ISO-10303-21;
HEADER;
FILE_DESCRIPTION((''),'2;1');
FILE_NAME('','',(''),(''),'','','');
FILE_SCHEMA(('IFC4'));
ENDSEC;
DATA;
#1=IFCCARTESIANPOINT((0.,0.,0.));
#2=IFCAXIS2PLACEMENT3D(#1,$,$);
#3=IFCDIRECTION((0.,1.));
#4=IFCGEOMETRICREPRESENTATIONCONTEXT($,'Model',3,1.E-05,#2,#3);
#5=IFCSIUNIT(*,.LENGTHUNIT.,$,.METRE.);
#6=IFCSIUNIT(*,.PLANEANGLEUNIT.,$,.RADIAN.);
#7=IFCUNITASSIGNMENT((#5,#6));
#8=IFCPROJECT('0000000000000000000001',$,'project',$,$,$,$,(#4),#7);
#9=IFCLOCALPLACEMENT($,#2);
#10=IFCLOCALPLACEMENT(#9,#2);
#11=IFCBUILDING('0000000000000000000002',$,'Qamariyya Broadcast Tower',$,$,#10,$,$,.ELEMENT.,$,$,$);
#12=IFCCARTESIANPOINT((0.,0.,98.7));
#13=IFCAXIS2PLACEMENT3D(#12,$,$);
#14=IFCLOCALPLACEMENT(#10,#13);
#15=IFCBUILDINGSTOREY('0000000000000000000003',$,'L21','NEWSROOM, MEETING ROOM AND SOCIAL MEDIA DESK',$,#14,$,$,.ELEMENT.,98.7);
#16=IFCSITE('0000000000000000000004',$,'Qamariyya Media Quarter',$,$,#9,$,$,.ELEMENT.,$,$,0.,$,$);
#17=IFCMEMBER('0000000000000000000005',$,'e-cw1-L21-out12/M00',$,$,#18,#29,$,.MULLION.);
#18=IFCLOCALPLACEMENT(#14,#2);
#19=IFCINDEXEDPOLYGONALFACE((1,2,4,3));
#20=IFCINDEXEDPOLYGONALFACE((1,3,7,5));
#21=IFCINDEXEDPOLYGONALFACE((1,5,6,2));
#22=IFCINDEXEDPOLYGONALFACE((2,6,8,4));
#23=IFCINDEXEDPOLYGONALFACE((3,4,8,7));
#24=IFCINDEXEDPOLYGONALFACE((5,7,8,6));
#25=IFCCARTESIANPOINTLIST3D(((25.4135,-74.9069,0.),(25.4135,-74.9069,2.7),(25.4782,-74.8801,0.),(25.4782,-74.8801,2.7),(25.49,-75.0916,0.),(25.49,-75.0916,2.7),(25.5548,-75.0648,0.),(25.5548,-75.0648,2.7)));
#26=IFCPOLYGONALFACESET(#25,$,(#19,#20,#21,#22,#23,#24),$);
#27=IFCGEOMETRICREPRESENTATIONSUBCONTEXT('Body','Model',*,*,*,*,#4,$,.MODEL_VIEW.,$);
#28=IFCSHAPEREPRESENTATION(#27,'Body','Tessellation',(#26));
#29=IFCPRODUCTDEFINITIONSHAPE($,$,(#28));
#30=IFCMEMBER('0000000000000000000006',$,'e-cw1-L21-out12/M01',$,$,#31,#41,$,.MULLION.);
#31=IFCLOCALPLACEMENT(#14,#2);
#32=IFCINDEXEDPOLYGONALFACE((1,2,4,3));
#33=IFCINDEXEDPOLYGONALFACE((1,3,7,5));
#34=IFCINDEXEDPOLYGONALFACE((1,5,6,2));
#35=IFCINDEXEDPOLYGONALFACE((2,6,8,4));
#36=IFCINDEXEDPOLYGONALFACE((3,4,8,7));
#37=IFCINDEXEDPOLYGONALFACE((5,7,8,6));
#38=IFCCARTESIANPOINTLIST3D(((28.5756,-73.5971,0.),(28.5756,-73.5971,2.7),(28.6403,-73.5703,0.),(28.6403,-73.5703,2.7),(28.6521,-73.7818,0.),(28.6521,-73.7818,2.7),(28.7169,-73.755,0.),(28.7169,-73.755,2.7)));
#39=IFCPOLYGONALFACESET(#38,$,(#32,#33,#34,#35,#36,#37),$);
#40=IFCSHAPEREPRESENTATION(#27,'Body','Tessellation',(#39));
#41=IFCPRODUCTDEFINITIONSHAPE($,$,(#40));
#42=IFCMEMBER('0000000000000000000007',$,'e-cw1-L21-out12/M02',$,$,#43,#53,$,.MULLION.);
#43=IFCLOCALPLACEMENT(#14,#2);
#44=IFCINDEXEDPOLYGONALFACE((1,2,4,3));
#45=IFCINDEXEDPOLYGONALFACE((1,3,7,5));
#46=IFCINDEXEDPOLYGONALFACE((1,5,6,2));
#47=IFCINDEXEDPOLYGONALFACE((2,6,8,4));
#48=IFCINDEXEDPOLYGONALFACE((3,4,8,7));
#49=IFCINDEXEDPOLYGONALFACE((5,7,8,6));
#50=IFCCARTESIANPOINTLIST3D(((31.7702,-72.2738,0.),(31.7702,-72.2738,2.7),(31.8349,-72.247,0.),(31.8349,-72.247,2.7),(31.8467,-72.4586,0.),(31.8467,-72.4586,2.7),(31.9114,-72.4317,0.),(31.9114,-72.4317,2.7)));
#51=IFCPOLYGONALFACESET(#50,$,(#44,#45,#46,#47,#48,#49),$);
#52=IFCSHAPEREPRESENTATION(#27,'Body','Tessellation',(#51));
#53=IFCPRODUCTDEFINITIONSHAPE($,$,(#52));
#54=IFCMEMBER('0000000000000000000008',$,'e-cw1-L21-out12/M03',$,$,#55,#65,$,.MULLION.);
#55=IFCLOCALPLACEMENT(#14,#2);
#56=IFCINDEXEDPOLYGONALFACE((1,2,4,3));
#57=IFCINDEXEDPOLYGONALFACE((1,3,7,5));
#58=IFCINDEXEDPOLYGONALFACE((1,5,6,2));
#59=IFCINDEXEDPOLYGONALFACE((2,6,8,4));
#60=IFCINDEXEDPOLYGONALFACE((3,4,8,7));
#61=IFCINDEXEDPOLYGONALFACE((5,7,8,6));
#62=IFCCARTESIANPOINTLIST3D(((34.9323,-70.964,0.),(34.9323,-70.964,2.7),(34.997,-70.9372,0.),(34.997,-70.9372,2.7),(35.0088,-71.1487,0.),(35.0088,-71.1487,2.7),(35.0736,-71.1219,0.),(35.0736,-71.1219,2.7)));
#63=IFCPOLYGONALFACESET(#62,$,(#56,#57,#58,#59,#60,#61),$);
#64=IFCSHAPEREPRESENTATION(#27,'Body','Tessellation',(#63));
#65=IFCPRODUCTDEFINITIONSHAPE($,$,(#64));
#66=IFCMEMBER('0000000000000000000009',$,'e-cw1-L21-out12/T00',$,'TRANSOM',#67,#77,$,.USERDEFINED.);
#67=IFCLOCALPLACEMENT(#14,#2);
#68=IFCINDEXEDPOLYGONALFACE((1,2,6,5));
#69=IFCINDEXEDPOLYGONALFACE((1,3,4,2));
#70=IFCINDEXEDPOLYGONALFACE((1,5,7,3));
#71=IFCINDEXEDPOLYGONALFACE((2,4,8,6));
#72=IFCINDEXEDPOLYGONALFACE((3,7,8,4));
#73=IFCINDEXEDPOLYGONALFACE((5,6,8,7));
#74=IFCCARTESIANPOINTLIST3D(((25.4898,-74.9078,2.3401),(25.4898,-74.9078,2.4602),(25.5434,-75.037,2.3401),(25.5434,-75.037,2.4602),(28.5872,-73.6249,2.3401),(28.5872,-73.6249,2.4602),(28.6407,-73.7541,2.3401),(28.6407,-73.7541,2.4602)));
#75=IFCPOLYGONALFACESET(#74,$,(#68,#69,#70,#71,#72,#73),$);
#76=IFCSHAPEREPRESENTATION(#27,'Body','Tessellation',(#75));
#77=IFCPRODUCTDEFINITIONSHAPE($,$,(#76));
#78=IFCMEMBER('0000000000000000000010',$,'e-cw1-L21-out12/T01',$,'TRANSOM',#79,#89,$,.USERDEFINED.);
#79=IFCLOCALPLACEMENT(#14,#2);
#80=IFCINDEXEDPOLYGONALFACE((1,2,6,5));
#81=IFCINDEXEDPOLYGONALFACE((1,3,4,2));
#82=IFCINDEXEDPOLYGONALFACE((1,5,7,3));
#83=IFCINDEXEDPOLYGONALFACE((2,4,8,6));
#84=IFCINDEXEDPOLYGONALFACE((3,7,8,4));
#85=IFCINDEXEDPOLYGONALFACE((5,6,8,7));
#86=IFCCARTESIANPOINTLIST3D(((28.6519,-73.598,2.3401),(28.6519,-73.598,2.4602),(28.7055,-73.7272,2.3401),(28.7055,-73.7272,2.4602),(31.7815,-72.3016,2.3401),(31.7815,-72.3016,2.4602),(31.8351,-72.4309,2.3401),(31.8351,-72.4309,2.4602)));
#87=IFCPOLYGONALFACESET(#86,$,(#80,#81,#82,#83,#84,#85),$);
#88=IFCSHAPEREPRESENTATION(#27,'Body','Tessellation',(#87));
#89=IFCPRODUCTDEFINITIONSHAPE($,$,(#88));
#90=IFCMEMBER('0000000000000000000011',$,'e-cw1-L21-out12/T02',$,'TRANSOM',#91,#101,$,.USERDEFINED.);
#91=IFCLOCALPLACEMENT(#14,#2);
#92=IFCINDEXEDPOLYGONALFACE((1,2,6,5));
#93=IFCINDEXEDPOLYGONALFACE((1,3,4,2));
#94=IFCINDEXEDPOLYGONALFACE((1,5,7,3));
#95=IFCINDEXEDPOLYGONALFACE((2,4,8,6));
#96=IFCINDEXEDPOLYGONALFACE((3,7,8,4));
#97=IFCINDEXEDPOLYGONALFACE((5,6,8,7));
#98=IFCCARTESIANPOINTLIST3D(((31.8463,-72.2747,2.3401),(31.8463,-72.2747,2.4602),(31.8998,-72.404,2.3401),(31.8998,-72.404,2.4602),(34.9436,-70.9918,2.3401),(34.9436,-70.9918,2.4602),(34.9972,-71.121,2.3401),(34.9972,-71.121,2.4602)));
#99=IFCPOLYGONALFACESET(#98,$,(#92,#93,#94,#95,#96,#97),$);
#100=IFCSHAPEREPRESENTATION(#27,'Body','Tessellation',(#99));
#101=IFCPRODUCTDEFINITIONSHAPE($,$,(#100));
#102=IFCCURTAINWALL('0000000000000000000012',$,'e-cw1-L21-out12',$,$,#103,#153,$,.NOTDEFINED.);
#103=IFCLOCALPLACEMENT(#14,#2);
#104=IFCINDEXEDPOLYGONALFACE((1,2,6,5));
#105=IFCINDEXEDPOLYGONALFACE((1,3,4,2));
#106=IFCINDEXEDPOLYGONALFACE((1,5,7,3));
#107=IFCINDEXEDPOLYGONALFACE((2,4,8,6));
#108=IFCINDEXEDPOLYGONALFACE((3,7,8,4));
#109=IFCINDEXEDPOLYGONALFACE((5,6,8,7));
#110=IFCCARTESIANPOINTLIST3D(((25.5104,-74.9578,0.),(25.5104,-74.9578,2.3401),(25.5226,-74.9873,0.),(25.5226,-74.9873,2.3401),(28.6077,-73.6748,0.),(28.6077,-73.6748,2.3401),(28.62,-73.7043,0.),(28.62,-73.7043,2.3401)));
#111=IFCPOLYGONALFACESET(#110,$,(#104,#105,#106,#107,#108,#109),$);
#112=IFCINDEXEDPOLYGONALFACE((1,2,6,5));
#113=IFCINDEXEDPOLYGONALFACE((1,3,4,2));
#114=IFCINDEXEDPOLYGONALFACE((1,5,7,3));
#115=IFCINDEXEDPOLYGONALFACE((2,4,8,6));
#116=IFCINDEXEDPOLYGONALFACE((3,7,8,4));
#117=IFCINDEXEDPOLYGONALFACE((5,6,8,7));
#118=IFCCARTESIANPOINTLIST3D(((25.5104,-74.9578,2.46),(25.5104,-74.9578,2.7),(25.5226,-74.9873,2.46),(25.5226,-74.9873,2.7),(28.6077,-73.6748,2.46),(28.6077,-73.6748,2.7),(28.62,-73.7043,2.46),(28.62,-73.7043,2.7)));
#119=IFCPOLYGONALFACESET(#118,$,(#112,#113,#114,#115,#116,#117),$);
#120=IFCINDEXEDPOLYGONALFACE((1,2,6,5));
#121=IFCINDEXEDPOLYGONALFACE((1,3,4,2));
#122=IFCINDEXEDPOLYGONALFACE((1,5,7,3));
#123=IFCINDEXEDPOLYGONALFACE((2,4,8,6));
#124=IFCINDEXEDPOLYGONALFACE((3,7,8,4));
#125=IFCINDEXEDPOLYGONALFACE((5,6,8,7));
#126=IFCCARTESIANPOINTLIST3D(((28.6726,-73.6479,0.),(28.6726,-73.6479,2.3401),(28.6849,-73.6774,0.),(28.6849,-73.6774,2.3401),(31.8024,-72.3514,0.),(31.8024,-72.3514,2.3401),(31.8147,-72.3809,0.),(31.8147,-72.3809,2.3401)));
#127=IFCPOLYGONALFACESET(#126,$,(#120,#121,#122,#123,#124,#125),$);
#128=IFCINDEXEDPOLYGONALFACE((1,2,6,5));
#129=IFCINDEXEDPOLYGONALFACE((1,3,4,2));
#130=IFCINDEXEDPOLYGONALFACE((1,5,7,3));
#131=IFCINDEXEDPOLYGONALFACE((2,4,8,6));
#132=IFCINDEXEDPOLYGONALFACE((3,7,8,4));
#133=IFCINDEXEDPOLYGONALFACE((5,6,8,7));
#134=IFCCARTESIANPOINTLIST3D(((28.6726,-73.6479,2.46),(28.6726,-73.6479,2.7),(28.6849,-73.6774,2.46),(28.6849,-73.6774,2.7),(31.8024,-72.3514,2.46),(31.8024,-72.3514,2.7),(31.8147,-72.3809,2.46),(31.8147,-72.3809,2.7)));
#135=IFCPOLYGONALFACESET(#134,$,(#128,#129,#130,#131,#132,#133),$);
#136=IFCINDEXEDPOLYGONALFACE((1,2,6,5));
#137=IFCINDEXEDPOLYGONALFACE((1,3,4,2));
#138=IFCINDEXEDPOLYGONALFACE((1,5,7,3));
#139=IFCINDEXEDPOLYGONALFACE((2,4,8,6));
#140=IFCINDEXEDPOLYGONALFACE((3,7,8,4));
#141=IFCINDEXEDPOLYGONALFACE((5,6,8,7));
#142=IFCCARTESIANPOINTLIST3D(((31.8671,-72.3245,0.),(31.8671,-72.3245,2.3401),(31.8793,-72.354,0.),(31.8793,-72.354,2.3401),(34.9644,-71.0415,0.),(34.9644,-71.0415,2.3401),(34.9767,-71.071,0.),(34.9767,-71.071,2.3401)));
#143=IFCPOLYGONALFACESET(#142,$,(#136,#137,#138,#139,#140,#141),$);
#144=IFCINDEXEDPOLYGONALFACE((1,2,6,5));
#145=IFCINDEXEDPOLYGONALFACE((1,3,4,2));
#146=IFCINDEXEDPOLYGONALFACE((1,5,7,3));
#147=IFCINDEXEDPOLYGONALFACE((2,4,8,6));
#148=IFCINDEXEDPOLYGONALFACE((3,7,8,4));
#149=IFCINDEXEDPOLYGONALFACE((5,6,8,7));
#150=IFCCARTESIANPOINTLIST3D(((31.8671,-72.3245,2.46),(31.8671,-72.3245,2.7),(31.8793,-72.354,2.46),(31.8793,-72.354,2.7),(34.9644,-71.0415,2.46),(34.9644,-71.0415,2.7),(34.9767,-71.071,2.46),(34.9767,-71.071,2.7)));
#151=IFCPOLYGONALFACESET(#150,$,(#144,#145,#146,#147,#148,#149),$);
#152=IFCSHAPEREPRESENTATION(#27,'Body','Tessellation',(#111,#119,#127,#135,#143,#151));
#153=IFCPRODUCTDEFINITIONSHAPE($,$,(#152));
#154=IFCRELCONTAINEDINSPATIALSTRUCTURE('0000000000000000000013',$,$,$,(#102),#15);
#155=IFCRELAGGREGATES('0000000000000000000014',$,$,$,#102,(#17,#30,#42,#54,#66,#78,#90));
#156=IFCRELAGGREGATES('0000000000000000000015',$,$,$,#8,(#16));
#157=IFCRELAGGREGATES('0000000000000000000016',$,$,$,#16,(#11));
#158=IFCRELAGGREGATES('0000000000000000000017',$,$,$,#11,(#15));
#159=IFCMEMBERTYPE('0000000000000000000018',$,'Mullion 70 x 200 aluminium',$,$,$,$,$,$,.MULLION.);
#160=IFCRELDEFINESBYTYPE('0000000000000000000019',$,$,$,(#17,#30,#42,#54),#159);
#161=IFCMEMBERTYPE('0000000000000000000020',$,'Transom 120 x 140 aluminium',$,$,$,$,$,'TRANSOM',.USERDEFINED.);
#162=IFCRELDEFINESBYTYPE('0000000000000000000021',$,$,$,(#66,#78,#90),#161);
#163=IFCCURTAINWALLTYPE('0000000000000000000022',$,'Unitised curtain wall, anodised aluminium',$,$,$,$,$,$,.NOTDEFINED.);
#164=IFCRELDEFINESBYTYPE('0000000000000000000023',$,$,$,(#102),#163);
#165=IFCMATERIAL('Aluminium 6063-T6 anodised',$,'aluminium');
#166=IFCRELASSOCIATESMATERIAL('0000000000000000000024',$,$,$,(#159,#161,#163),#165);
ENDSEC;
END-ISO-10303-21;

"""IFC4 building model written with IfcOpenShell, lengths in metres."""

from ifc_helpers import new_model, si_unit, direction, frame, origin, origin_2d, place, context, subcontext, project, spatial, rectangle, extrude, material, material_profile, profile_set, type_object, element, aggregate, save


model = new_model("IFC4")

# Units and contexts
model_context = context("Model", 3, precision=1e-05, world=origin(), true_north=direction((0.0, 1.0)))
body_context = subcontext(model_context, "Body", "Model", "MODEL_VIEW")
ifc_project = project(units=[si_unit("LENGTHUNIT", "METRE"), si_unit("PLANEANGLEUNIT", "RADIAN")], contexts=[model_context])

# Members
ifc_material = material(Name="Aluminium 6063-T6 anodised", Category="aluminium")
ifc_material_profile_1 = material_profile(ifc_material, rectangle(XDim=0.2, YDim=0.0701, at=origin_2d()))
ifc_profile_set_1 = profile_set([ifc_material_profile_1], Name="Aluminium 6063-T6 anodised")
member_type_1 = type_object("IfcMemberType", Name="Mullion 70 x 200 aluminium", PredefinedType="MULLION", material=ifc_profile_set_1)
site_placement = place(None, origin())
building_placement = place(site_placement, origin())
storey_placement = place(building_placement, frame((0.0, 0.0, 98.7)))
member_1_placement = place(storey_placement, frame((25.4841, -74.9858, 0.0), z_axis=(0.0, 0.0, 1.0), x_axis=(-0.382683, 0.92388, 0.0)))
member_1 = element("IfcMember", 1, at=member_1_placement, type_object=member_type_1, Name="e-cw1-L21-out12/M00", PredefinedType="MULLION", context=body_context, shape_type="SweptSolid", body=[
    extrude(rectangle(XDim=0.2, YDim=0.0701, at=origin_2d()), origin(), (0.0, 0.0, 1.0), 2.7),
])
member_2_placement = place(storey_placement, frame((28.6462, -73.676, 0.0), z_axis=(0.0, 0.0, 1.0), x_axis=(-0.382683, 0.92388, 0.0)))
member_2 = element("IfcMember", 2, at=member_2_placement, type_object=member_type_1, Name="e-cw1-L21-out12/M01", PredefinedType="MULLION", context=body_context, shape_type="SweptSolid", body=[
    extrude(rectangle(XDim=0.2, YDim=0.0701, at=origin_2d()), origin(), (0.0, 0.0, 1.0), 2.7),
])
member_3_placement = place(storey_placement, frame((31.8408, -72.3528, 0.0), z_axis=(0.0, 0.0, 1.0), x_axis=(-0.382683, 0.92388, 0.0)))
member_3 = element("IfcMember", 3, at=member_3_placement, type_object=member_type_1, Name="e-cw1-L21-out12/M02", PredefinedType="MULLION", context=body_context, shape_type="SweptSolid", body=[
    extrude(rectangle(XDim=0.2, YDim=0.0701, at=origin_2d()), origin(), (0.0, 0.0, 1.0), 2.7),
])
member_4_placement = place(storey_placement, frame((35.0029, -71.043, 0.0), z_axis=(0.0, 0.0, 1.0), x_axis=(-0.382683, 0.92388, 0.0)))
member_4 = element("IfcMember", 4, at=member_4_placement, type_object=member_type_1, Name="e-cw1-L21-out12/M03", PredefinedType="MULLION", context=body_context, shape_type="SweptSolid", body=[
    extrude(rectangle(XDim=0.2, YDim=0.0701, at=origin_2d()), origin(), (0.0, 0.0, 1.0), 2.7),
])
ifc_material_profile_2 = material_profile(ifc_material, rectangle(XDim=0.1399, YDim=0.1201, at=origin_2d()))
ifc_profile_set_2 = profile_set([ifc_material_profile_2], Name="Aluminium 6063-T6 anodised")
member_type_2 = type_object("IfcMemberType", Name="Transom 120 x 140 aluminium", ElementType="TRANSOM", PredefinedType="USERDEFINED", material=ifc_profile_set_2)
member_5_placement = place(storey_placement, frame((25.5166, -74.9724, 2.4001), z_axis=(0.923883, 0.382676, 0.0), x_axis=(-0.382676, 0.923883, 0.0)))
member_5 = element("IfcMember", 5, at=member_5_placement, type_object=member_type_2, Name="e-cw1-L21-out12/T00", ObjectType="TRANSOM", PredefinedType="USERDEFINED", context=body_context, shape_type="SweptSolid", body=[
    extrude(rectangle(XDim=0.1399, YDim=0.1201, at=origin_2d()), origin(), (0.0, 0.0, 1.0), 3.3525),
])
member_6_placement = place(storey_placement, frame((28.6787, -73.6626, 2.4001), z_axis=(0.923875, 0.382696, 0.0), x_axis=(-0.382696, 0.923875, 0.0)))
member_6 = element("IfcMember", 6, at=member_6_placement, type_object=member_type_2, Name="e-cw1-L21-out12/T01", ObjectType="TRANSOM", PredefinedType="USERDEFINED", context=body_context, shape_type="SweptSolid", body=[
    extrude(rectangle(XDim=0.1399, YDim=0.1201, at=origin_2d()), origin(), (0.0, 0.0, 1.0), 3.3875),
])
member_7_placement = place(storey_placement, frame((31.873, -72.3394, 2.4001), z_axis=(0.923883, 0.382676, 0.0), x_axis=(-0.382676, 0.923883, 0.0)))
member_7 = element("IfcMember", 7, at=member_7_placement, type_object=member_type_2, Name="e-cw1-L21-out12/T02", ObjectType="TRANSOM", PredefinedType="USERDEFINED", context=body_context, shape_type="SweptSolid", body=[
    extrude(rectangle(XDim=0.1399, YDim=0.1201, at=origin_2d()), origin(), (0.0, 0.0, 1.0), 3.3525),
])

# Site, building, storey
site = spatial("IfcSite", under=ifc_project, at=site_placement, Name="Qamariyya Media Quarter", CompositionType="ELEMENT", RefElevation=0.0)
building = spatial("IfcBuilding", under=site, at=building_placement, Name="Qamariyya Broadcast Tower", CompositionType="ELEMENT")
storey = spatial("IfcBuildingStorey", under=building, at=storey_placement, Name="L21", Description="NEWSROOM, MEETING ROOM AND SOCIAL MEDIA DESK", CompositionType="ELEMENT", Elevation=98.7)

# Curtain wall
curtain_wall_type = type_object("IfcCurtainWallType", Name="Unitised curtain wall, anodised aluminium", PredefinedType="NOTDEFINED", material=ifc_material)
curtain_wall_1_placement = place(storey_placement, origin())
curtain_wall_1 = element("IfcCurtainWall", 8, at=curtain_wall_1_placement, inside=storey, type_object=curtain_wall_type, Name="e-cw1-L21-out12", PredefinedType="NOTDEFINED", context=body_context, shape_type="SweptSolid", body=[
    extrude(rectangle(XDim=3.3525, YDim=0.032, at=origin_2d()), frame((27.0652, -74.3311, 0.0), x_axis=(0.923872, 0.382701, 0.0)), (0.0, 0.0, 1.0), 2.3401),
    extrude(rectangle(XDim=3.3525, YDim=0.032, at=origin_2d()), frame((27.0652, -74.3311, 2.46), x_axis=(0.923872, 0.382701, 0.0)), (0.0, 0.0, 1.0), 0.24),
    extrude(rectangle(XDim=3.3877, YDim=0.032, at=origin_2d()), frame((30.2437, -73.0144, 0.0), x_axis=(0.923872, 0.382701, 0.0)), (0.0, 0.0, 1.0), 2.3401),
    extrude(rectangle(XDim=3.3877, YDim=0.032, at=origin_2d()), frame((30.2437, -73.0144, 2.46), x_axis=(0.923872, 0.382701, 0.0)), (0.0, 0.0, 1.0), 0.24),
    extrude(rectangle(XDim=3.3525, YDim=0.032, at=origin_2d()), frame((33.4219, -71.6978, 0.0), x_axis=(0.923872, 0.382701, 0.0)), (0.0, 0.0, 1.0), 2.3401),
    extrude(rectangle(XDim=3.3525, YDim=0.032, at=origin_2d()), frame((33.4219, -71.6978, 2.46), x_axis=(0.923872, 0.382701, 0.0)), (0.0, 0.0, 1.0), 0.24),
])
aggregate(curtain_wall_1, [member_1, member_2, member_3, member_4, member_5, member_6, member_7])

save(model, "model.ifc")
